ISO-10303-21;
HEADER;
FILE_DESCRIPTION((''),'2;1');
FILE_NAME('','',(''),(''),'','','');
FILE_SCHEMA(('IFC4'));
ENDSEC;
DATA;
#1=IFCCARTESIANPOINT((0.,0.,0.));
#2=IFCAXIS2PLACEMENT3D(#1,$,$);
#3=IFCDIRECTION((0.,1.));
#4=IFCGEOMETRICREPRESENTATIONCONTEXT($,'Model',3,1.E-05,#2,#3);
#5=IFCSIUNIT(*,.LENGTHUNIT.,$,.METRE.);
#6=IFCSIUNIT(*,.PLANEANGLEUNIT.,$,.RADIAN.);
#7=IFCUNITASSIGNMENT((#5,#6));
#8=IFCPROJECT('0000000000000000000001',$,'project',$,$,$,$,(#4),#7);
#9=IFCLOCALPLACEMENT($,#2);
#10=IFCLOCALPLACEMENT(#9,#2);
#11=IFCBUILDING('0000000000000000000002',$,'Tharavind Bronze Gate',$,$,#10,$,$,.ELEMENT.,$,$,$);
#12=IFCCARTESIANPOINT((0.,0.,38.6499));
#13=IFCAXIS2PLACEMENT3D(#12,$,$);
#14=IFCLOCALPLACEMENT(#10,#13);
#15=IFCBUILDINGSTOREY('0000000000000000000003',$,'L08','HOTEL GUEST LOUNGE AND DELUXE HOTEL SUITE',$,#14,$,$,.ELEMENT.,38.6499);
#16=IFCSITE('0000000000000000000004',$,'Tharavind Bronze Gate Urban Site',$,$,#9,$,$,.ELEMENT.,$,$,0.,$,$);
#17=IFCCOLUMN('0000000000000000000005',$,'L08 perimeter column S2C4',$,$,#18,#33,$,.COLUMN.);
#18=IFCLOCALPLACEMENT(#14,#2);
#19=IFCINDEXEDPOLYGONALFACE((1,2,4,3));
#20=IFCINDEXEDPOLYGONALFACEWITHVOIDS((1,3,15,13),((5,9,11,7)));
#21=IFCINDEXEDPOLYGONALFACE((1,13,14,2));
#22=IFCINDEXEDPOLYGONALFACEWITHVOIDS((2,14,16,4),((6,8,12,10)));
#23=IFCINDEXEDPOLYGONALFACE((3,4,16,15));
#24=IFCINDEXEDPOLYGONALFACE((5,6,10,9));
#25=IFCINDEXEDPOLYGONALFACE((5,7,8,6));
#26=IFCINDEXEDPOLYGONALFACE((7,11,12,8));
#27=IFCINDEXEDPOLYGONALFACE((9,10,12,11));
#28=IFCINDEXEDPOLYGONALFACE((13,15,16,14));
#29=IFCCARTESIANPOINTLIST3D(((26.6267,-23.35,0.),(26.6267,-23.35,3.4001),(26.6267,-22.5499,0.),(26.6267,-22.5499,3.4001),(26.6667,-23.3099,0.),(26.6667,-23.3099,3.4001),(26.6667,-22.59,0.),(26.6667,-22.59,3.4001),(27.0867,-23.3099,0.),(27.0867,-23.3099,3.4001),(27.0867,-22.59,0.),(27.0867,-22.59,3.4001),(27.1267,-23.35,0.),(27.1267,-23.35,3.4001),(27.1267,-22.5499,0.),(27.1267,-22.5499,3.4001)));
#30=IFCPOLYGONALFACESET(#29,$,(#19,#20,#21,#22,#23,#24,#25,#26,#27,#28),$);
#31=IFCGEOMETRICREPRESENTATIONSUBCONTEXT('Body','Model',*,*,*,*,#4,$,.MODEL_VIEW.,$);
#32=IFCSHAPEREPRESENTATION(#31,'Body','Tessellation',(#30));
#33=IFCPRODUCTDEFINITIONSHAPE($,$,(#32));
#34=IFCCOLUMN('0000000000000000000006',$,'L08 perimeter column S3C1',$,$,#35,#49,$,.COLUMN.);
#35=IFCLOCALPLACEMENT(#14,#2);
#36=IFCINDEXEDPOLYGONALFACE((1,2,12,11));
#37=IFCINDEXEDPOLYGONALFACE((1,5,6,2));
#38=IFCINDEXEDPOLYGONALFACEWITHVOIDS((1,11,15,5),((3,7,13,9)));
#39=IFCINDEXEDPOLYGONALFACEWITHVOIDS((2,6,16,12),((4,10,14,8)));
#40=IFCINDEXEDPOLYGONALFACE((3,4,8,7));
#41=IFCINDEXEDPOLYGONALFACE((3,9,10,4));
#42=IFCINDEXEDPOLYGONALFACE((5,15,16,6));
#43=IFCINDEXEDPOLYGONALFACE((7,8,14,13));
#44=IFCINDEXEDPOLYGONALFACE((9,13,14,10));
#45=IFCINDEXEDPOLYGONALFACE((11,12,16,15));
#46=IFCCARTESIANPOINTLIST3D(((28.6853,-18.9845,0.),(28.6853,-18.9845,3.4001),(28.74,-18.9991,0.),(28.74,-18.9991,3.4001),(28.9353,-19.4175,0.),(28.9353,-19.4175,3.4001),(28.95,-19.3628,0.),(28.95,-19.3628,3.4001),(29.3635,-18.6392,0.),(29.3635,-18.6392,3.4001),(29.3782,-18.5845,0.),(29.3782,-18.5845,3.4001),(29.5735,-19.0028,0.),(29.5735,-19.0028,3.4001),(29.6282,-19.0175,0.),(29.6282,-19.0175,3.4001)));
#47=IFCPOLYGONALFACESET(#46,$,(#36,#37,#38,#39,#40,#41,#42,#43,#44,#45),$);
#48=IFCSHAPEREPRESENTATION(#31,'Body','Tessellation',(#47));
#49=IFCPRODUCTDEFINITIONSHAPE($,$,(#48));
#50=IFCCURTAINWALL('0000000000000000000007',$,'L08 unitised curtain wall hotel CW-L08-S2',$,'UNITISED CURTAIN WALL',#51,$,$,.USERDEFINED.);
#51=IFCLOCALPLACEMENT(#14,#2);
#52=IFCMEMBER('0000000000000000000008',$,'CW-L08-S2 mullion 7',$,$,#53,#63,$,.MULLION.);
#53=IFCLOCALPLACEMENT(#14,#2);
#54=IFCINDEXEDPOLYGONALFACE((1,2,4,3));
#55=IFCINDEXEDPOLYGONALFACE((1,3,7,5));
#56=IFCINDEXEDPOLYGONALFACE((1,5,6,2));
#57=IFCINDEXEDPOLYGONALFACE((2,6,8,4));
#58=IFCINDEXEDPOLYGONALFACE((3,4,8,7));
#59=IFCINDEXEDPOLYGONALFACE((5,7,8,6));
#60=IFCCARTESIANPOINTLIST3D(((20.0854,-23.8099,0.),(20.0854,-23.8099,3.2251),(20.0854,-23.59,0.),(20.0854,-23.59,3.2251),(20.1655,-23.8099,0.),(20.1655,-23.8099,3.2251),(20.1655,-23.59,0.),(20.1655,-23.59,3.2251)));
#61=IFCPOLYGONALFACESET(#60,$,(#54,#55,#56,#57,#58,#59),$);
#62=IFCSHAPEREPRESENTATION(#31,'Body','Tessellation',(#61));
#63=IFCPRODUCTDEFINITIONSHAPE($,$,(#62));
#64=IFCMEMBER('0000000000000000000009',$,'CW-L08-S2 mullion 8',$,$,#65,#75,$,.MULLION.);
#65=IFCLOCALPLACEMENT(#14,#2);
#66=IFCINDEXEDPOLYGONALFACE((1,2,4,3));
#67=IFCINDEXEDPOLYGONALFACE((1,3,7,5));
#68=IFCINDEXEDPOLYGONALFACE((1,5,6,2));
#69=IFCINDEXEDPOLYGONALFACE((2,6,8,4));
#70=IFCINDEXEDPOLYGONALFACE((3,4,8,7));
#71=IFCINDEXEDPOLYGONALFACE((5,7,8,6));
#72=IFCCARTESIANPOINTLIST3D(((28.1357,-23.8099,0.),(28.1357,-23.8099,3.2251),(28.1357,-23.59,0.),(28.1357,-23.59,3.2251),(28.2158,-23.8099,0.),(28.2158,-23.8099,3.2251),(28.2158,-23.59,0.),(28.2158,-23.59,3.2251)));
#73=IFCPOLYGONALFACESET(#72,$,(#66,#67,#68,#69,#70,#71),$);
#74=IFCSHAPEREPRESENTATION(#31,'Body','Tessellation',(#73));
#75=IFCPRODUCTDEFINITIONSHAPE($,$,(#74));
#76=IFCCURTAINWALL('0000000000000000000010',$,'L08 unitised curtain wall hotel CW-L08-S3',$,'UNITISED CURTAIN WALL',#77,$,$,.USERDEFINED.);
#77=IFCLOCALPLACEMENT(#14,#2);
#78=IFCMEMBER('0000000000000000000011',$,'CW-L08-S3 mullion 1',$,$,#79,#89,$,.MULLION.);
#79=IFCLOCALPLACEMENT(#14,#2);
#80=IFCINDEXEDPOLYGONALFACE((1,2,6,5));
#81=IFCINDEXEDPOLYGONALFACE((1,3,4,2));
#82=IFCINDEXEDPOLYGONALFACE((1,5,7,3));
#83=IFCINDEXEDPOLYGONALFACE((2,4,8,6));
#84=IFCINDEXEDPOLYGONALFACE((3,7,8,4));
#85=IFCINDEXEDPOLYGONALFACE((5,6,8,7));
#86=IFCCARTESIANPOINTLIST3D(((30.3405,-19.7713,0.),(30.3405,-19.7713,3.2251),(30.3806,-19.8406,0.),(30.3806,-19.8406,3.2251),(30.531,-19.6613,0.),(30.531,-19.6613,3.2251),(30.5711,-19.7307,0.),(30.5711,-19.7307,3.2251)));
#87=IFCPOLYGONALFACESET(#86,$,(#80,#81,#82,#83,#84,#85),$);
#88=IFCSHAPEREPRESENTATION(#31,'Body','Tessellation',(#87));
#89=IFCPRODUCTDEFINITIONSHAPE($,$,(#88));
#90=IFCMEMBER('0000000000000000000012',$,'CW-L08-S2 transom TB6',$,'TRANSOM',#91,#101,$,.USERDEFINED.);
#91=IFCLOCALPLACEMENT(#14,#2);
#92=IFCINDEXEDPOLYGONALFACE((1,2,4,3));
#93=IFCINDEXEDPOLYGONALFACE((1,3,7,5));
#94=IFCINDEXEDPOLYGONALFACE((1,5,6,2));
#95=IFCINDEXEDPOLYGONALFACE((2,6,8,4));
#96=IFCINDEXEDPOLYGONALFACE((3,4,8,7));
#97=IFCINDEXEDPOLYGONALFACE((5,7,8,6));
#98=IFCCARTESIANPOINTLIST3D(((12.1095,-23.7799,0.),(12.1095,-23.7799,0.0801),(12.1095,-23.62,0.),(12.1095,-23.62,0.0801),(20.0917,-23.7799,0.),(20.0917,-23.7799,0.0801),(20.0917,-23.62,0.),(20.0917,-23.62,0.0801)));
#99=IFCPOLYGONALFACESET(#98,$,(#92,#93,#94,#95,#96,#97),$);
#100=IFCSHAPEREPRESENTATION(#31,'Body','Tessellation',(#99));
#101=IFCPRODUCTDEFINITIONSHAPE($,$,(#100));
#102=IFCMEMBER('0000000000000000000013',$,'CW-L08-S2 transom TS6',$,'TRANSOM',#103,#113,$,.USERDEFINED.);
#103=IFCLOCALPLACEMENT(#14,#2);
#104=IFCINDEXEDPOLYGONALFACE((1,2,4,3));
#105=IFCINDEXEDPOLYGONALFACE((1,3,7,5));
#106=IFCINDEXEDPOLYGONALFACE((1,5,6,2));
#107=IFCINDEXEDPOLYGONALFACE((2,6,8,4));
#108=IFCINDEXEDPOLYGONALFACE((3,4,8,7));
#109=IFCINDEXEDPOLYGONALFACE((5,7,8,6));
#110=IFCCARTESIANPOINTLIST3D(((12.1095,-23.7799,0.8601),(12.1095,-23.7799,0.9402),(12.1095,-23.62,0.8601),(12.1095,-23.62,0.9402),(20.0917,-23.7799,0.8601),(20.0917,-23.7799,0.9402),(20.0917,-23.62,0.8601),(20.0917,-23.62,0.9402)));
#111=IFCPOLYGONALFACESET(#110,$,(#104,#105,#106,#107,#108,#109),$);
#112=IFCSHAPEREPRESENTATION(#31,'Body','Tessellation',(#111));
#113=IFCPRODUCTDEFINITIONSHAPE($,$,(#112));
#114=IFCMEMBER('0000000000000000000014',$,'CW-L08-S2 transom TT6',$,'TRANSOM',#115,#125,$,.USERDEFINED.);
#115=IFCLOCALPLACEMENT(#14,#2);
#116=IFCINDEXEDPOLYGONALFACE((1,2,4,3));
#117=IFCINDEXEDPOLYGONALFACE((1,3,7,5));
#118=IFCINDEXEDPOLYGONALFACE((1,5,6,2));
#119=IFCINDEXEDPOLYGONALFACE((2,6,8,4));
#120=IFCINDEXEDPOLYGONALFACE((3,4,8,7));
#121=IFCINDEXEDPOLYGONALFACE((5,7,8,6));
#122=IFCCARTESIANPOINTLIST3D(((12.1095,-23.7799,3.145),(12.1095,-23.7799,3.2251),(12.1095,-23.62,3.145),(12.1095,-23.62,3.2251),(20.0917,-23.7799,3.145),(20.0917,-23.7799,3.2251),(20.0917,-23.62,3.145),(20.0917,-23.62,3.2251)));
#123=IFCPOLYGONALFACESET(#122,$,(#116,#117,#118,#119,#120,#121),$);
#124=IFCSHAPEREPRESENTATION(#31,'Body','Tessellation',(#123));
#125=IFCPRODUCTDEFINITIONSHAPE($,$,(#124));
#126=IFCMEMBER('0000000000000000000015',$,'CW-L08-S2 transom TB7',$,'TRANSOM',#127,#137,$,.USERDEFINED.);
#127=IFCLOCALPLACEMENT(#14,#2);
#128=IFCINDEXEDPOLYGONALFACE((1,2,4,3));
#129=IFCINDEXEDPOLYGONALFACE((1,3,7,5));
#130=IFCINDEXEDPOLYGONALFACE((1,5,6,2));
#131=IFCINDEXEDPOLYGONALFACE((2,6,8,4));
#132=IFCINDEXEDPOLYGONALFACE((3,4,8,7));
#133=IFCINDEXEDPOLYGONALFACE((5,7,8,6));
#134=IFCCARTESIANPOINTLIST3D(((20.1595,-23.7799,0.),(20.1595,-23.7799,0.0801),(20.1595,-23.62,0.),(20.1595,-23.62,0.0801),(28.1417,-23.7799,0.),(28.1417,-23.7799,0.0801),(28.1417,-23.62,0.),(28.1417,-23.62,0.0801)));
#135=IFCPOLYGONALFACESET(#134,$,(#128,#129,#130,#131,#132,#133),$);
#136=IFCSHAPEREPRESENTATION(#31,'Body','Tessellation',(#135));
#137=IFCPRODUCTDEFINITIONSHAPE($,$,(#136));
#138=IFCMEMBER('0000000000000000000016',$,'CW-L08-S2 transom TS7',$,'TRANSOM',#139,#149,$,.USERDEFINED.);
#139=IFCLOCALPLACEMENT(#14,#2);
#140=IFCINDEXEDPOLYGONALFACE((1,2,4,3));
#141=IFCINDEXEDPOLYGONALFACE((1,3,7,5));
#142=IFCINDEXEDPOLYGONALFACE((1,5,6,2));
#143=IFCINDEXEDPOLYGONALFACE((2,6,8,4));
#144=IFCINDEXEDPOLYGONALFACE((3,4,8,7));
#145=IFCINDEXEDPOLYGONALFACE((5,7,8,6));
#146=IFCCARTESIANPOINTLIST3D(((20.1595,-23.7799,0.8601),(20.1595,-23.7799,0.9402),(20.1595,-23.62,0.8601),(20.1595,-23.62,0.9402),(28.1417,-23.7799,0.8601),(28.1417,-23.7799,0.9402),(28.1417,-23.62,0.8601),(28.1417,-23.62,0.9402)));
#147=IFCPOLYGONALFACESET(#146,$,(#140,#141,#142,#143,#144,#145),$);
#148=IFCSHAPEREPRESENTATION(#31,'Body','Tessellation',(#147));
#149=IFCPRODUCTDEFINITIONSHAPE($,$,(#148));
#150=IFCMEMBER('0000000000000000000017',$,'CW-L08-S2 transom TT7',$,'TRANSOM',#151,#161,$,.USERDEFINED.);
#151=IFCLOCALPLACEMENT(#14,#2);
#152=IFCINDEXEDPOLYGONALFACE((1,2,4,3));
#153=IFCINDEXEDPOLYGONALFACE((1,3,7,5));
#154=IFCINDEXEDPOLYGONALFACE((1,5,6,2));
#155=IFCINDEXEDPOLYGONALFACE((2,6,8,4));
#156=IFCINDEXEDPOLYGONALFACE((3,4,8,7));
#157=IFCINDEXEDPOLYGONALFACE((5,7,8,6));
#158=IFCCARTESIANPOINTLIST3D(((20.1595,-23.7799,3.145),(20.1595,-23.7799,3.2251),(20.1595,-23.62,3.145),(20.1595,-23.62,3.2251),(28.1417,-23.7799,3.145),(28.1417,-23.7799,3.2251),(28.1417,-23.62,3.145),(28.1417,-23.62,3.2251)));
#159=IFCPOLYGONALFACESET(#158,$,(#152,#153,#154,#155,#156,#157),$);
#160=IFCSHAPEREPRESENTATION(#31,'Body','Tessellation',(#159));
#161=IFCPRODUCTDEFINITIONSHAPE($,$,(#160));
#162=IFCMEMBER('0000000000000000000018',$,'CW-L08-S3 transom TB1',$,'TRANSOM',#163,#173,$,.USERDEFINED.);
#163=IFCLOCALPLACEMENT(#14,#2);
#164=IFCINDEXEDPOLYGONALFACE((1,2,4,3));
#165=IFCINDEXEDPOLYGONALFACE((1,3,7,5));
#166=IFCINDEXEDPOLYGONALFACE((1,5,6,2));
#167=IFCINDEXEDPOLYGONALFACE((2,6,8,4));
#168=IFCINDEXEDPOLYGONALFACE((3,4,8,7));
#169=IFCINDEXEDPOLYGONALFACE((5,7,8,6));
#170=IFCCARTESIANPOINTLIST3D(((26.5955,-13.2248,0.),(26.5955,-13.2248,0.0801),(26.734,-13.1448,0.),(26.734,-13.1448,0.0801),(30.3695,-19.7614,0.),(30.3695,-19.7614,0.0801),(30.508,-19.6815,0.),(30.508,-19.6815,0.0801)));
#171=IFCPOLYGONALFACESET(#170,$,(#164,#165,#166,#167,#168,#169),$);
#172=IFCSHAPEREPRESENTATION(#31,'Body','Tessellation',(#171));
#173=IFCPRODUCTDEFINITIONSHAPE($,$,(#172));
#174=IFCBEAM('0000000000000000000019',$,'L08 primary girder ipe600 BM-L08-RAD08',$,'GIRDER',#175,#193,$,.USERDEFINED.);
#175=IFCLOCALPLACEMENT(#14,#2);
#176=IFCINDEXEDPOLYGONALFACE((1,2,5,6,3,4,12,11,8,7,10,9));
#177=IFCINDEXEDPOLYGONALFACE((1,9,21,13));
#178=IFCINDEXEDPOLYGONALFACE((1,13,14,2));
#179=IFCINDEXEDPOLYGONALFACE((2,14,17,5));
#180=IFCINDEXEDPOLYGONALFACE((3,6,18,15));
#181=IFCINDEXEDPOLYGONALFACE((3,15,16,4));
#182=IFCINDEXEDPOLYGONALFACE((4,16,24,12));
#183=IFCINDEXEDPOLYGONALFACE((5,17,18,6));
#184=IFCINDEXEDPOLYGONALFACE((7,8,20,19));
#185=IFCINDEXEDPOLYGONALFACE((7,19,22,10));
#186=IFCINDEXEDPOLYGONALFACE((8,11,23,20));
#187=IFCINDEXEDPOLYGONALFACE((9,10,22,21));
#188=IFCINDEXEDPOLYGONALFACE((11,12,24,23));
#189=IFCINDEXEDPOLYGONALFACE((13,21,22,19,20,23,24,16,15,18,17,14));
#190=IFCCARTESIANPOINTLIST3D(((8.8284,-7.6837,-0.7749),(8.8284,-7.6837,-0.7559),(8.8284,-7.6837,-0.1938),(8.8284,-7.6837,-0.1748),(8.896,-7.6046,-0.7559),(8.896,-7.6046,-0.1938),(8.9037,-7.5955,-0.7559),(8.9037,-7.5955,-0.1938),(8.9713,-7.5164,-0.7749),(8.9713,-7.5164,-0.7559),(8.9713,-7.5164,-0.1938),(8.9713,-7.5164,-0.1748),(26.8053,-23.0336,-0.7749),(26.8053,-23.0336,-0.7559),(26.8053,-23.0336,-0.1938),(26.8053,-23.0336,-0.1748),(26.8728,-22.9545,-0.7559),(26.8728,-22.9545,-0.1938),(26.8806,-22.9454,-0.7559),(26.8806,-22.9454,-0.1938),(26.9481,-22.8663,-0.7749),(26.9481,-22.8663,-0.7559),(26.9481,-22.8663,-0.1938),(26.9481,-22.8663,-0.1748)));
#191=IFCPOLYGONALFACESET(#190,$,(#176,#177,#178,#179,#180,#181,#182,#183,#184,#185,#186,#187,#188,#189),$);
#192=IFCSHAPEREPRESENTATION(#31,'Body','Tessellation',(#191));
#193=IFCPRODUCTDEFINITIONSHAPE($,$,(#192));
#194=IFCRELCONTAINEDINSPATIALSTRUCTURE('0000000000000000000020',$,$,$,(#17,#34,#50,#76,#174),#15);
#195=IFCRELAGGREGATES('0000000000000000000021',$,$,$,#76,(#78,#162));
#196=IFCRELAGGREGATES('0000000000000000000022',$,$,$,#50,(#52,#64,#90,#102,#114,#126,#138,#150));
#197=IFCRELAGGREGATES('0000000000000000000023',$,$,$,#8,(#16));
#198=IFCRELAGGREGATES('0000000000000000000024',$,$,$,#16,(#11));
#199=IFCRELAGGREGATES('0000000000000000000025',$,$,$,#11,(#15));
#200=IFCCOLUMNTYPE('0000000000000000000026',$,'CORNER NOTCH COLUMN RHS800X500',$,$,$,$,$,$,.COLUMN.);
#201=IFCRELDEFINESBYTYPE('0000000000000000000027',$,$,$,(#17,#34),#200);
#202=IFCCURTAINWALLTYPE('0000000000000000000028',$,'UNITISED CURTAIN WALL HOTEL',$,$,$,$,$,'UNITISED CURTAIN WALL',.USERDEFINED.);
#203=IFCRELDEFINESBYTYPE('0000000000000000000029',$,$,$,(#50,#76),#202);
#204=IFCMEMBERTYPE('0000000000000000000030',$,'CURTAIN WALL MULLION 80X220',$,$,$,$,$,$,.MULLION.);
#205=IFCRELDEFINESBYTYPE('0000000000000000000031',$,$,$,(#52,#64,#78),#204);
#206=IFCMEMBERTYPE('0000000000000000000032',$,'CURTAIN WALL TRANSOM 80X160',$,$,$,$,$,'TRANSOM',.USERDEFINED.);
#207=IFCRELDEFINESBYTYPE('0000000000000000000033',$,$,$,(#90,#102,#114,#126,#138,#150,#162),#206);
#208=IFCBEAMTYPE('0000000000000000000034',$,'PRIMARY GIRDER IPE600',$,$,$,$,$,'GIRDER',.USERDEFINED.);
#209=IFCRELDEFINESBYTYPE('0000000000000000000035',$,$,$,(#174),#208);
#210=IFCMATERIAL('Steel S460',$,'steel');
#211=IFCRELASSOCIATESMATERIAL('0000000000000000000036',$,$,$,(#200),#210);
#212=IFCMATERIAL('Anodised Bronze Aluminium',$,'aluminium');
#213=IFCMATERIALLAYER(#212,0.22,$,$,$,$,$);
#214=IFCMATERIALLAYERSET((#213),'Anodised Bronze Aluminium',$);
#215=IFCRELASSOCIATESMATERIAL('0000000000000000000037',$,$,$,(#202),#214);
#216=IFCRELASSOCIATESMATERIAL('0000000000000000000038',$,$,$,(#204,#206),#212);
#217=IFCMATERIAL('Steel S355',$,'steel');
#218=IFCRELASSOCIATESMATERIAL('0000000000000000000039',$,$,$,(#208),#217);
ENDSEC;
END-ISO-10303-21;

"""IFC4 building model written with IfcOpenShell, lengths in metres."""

from ifc_helpers import new_model, si_unit, direction, frame, origin, origin_2d, place, context, subcontext, project, spatial, rectangle, hollow_rectangle, i_section, extrude, material, layer, layer_set, material_profile, profile_set, type_object, element, aggregate, save


model = new_model("IFC4")

# Units and contexts
model_context = context("Model", 3, precision=1e-05, world=origin(), true_north=direction((0.0, 1.0)))
body_context = subcontext(model_context, "Body", "Model", "MODEL_VIEW")
ifc_project = project(units=[si_unit("LENGTHUNIT", "METRE"), si_unit("PLANEANGLEUNIT", "RADIAN")], contexts=[model_context])

# Site, building, storey
site_placement = place(None, origin())
site = spatial("IfcSite", under=ifc_project, at=site_placement, Name="Tharavind Bronze Gate Urban Site", CompositionType="ELEMENT", RefElevation=0.0)
building_placement = place(site_placement, origin())
building = spatial("IfcBuilding", under=site, at=building_placement, Name="Tharavind Bronze Gate", CompositionType="ELEMENT")
storey_placement = place(building_placement, frame((0.0, 0.0, 38.6499)))
storey = spatial("IfcBuildingStorey", under=building, at=storey_placement, Name="L08", Description="HOTEL GUEST LOUNGE AND DELUXE HOTEL SUITE", CompositionType="ELEMENT", Elevation=38.6499)

# Columns
ifc_material_1 = material(Name="Steel S460", Category="steel")
ifc_material_profile_1 = material_profile(ifc_material_1, hollow_rectangle(XDim=0.5, YDim=0.8, WallThickness=0.04, at=origin_2d()), Name="RHS800X500X40")
ifc_profile_set_1 = profile_set([ifc_material_profile_1], Name="Steel S460")
column_type = type_object("IfcColumnType", Name="CORNER NOTCH COLUMN RHS800X500", PredefinedType="COLUMN", material=ifc_profile_set_1)
for number, where, z_axis, x_axis, name in (
    (1, (26.8767, -22.95, 0.0), (0.0, 0.0, 1.0), (1.0, 0.0, 0.0), "L08 perimeter column S2C4"),
    (2, (29.1567, -19.001, 0.0), (0.0, 0.0, 1.0), (-0.500002, 0.866025, 0.0), "L08 perimeter column S3C1"),
):
    element("IfcColumn", number, at=place(storey_placement, frame(where, z_axis=z_axis, x_axis=x_axis)), inside=storey, type_object=column_type, Name=name, PredefinedType="COLUMN", context=body_context, shape_type="SweptSolid", body=[
        extrude(hollow_rectangle(XDim=0.5, YDim=0.8, WallThickness=0.04, at=origin_2d()), origin(), (0.0, 0.0, 1.0), 3.4001),
    ])

# Curtain wall, members
ifc_material_2 = material(Name="Anodised Bronze Aluminium", Category="aluminium")
ifc_layer_1 = layer(ifc_material_2, 0.22)
ifc_layer_set_1 = layer_set([ifc_layer_1], Name="Anodised Bronze Aluminium")
curtain_wall_type = type_object("IfcCurtainWallType", Name="UNITISED CURTAIN WALL HOTEL", ElementType="UNITISED CURTAIN WALL", PredefinedType="USERDEFINED", material=ifc_layer_set_1)
curtain_wall_1_placement = place(storey_placement, origin())
curtain_wall_1 = element("IfcCurtainWall", 3, at=curtain_wall_1_placement, inside=storey, type_object=curtain_wall_type, Name="L08 unitised curtain wall hotel CW-L08-S2", ObjectType="UNITISED CURTAIN WALL", PredefinedType="USERDEFINED")
member_type_1 = type_object("IfcMemberType", Name="CURTAIN WALL MULLION 80X220", PredefinedType="MULLION", material=ifc_material_2)
member_1_placement = place(storey_placement, frame((20.1255, -23.7, 0.0), z_axis=(0.0, 0.0, 1.0), x_axis=(1.0, 0.0, 0.0)))
member_1 = element("IfcMember", 4, at=member_1_placement, type_object=member_type_1, Name="CW-L08-S2 mullion 7", PredefinedType="MULLION", context=body_context, shape_type="SweptSolid", body=[
    extrude(rectangle(XDim=0.0801, YDim=0.22, at=origin_2d()), origin(), (0.0, 0.0, 1.0), 3.2251),
])
member_2_placement = place(storey_placement, frame((28.1758, -23.7, 0.0), z_axis=(0.0, 0.0, 1.0), x_axis=(1.0, 0.0, 0.0)))
member_2 = element("IfcMember", 5, at=member_2_placement, type_object=member_type_1, Name="CW-L08-S2 mullion 8", PredefinedType="MULLION", context=body_context, shape_type="SweptSolid", body=[
    extrude(rectangle(XDim=0.0801, YDim=0.22, at=origin_2d()), origin(), (0.0, 0.0, 1.0), 3.2251),
])

# Curtain wall, member
curtain_wall_2_placement = place(storey_placement, origin())
curtain_wall_2 = element("IfcCurtainWall", 6, at=curtain_wall_2_placement, inside=storey, type_object=curtain_wall_type, Name="L08 unitised curtain wall hotel CW-L08-S3", ObjectType="UNITISED CURTAIN WALL", PredefinedType="USERDEFINED")
member_3_placement = place(storey_placement, frame((30.4558, -19.751, 0.0), z_axis=(0.0, 0.0, 1.0), x_axis=(-0.500002, 0.866025, 0.0)))
member_3 = element("IfcMember", 7, at=member_3_placement, type_object=member_type_1, Name="CW-L08-S3 mullion 1", PredefinedType="MULLION", context=body_context, shape_type="SweptSolid", body=[
    extrude(rectangle(XDim=0.0801, YDim=0.22, at=origin_2d()), origin(), (0.0, 0.0, 1.0), 3.2251),
])

# Members
member_type_2 = type_object("IfcMemberType", Name="CURTAIN WALL TRANSOM 80X160", ElementType="TRANSOM", PredefinedType="USERDEFINED", material=ifc_material_2)
member_4_placement = place(storey_placement, frame((16.1006, -23.7, 0.0), z_axis=(0.0, 0.0, 1.0), x_axis=(1.0, 0.0, 0.0)))
member_4 = element("IfcMember", 8, at=member_4_placement, type_object=member_type_2, Name="CW-L08-S2 transom TB6", ObjectType="TRANSOM", PredefinedType="USERDEFINED", context=body_context, shape_type="SweptSolid", body=[
    extrude(rectangle(XDim=7.9822, YDim=0.1599, at=origin_2d()), origin(), (0.0, 0.0, 1.0), 0.0801),
])
member_5_placement = place(storey_placement, frame((16.1006, -23.7, 0.8601), z_axis=(0.0, 0.0, 1.0), x_axis=(1.0, 0.0, 0.0)))
member_5 = element("IfcMember", 9, at=member_5_placement, type_object=member_type_2, Name="CW-L08-S2 transom TS6", ObjectType="TRANSOM", PredefinedType="USERDEFINED", context=body_context, shape_type="SweptSolid", body=[
    extrude(rectangle(XDim=7.9822, YDim=0.1599, at=origin_2d()), origin(), (0.0, 0.0, 1.0), 0.0801),
])
member_6_placement = place(storey_placement, frame((16.1006, -23.7, 3.145), z_axis=(0.0, 0.0, 1.0), x_axis=(1.0, 0.0, 0.0)))
member_6 = element("IfcMember", 10, at=member_6_placement, type_object=member_type_2, Name="CW-L08-S2 transom TT6", ObjectType="TRANSOM", PredefinedType="USERDEFINED", context=body_context, shape_type="SweptSolid", body=[
    extrude(rectangle(XDim=7.9822, YDim=0.1599, at=origin_2d()), origin(), (0.0, 0.0, 1.0), 0.0801),
])
member_7_placement = place(storey_placement, frame((24.1506, -23.7, 0.0), z_axis=(0.0, 0.0, 1.0), x_axis=(1.0, 0.0, 0.0)))
member_7 = element("IfcMember", 11, at=member_7_placement, type_object=member_type_2, Name="CW-L08-S2 transom TB7", ObjectType="TRANSOM", PredefinedType="USERDEFINED", context=body_context, shape_type="SweptSolid", body=[
    extrude(rectangle(XDim=7.9822, YDim=0.1599, at=origin_2d()), origin(), (0.0, 0.0, 1.0), 0.0801),
])
member_8_placement = place(storey_placement, frame((24.1506, -23.7, 0.8601), z_axis=(0.0, 0.0, 1.0), x_axis=(1.0, 0.0, 0.0)))
member_8 = element("IfcMember", 12, at=member_8_placement, type_object=member_type_2, Name="CW-L08-S2 transom TS7", ObjectType="TRANSOM", PredefinedType="USERDEFINED", context=body_context, shape_type="SweptSolid", body=[
    extrude(rectangle(XDim=7.9822, YDim=0.1599, at=origin_2d()), origin(), (0.0, 0.0, 1.0), 0.0801),
])
member_9_placement = place(storey_placement, frame((24.1506, -23.7, 3.145), z_axis=(0.0, 0.0, 1.0), x_axis=(1.0, 0.0, 0.0)))
member_9 = element("IfcMember", 13, at=member_9_placement, type_object=member_type_2, Name="CW-L08-S2 transom TT7", ObjectType="TRANSOM", PredefinedType="USERDEFINED", context=body_context, shape_type="SweptSolid", body=[
    extrude(rectangle(XDim=7.9822, YDim=0.1599, at=origin_2d()), origin(), (0.0, 0.0, 1.0), 0.0801),
])
member_10_placement = place(storey_placement, frame((28.5518, -16.4531, 0.0), z_axis=(0.0, 0.0, 1.0), x_axis=(-0.500002, 0.866025, 0.0)))
member_10 = element("IfcMember", 14, at=member_10_placement, type_object=member_type_2, Name="CW-L08-S3 transom TB1", ObjectType="TRANSOM", PredefinedType="USERDEFINED", context=body_context, shape_type="SweptSolid", body=[
    extrude(rectangle(XDim=7.5479, YDim=0.1599, at=origin_2d()), origin(), (0.0, 0.0, 1.0), 0.0801),
])
aggregate(curtain_wall_2, [member_3, member_10])

# Beam
ifc_material_3 = material(Name="Steel S355", Category="steel")
ifc_material_profile_2 = material_profile(ifc_material_3, i_section(OverallWidth=0.22, OverallDepth=0.6001, WebThickness=0.012, FlangeThickness=0.019, at=origin_2d()), Name="IPE600")
ifc_profile_set_2 = profile_set([ifc_material_profile_2], Name="Steel S355")
beam_type_1 = type_object("IfcBeamType", Name="PRIMARY GIRDER IPE600", ElementType="GIRDER", PredefinedType="USERDEFINED", material=ifc_profile_set_2)
beam_1_placement = place(storey_placement, frame((26.8767, -22.95, -0.4749), z_axis=(-0.760485, 0.649355, 0.0), x_axis=(-0.649355, -0.760485, 0.0)))
element("IfcBeam", 15, at=beam_1_placement, inside=storey, type_object=beam_type_1, Name="L08 primary girder ipe600 BM-L08-RAD08", ObjectType="GIRDER", PredefinedType="USERDEFINED", context=body_context, shape_type="SweptSolid", body=[
    extrude(i_section(OverallWidth=0.22, OverallDepth=0.6001, WebThickness=0.012, FlangeThickness=0.019, at=origin_2d()), origin(), (0.0, 0.0, 1.0), 23.6387),
])

aggregate(curtain_wall_1, [member_1, member_2, member_4, member_5, member_6, member_7, member_8, member_9])

save(model, "model.ifc")
